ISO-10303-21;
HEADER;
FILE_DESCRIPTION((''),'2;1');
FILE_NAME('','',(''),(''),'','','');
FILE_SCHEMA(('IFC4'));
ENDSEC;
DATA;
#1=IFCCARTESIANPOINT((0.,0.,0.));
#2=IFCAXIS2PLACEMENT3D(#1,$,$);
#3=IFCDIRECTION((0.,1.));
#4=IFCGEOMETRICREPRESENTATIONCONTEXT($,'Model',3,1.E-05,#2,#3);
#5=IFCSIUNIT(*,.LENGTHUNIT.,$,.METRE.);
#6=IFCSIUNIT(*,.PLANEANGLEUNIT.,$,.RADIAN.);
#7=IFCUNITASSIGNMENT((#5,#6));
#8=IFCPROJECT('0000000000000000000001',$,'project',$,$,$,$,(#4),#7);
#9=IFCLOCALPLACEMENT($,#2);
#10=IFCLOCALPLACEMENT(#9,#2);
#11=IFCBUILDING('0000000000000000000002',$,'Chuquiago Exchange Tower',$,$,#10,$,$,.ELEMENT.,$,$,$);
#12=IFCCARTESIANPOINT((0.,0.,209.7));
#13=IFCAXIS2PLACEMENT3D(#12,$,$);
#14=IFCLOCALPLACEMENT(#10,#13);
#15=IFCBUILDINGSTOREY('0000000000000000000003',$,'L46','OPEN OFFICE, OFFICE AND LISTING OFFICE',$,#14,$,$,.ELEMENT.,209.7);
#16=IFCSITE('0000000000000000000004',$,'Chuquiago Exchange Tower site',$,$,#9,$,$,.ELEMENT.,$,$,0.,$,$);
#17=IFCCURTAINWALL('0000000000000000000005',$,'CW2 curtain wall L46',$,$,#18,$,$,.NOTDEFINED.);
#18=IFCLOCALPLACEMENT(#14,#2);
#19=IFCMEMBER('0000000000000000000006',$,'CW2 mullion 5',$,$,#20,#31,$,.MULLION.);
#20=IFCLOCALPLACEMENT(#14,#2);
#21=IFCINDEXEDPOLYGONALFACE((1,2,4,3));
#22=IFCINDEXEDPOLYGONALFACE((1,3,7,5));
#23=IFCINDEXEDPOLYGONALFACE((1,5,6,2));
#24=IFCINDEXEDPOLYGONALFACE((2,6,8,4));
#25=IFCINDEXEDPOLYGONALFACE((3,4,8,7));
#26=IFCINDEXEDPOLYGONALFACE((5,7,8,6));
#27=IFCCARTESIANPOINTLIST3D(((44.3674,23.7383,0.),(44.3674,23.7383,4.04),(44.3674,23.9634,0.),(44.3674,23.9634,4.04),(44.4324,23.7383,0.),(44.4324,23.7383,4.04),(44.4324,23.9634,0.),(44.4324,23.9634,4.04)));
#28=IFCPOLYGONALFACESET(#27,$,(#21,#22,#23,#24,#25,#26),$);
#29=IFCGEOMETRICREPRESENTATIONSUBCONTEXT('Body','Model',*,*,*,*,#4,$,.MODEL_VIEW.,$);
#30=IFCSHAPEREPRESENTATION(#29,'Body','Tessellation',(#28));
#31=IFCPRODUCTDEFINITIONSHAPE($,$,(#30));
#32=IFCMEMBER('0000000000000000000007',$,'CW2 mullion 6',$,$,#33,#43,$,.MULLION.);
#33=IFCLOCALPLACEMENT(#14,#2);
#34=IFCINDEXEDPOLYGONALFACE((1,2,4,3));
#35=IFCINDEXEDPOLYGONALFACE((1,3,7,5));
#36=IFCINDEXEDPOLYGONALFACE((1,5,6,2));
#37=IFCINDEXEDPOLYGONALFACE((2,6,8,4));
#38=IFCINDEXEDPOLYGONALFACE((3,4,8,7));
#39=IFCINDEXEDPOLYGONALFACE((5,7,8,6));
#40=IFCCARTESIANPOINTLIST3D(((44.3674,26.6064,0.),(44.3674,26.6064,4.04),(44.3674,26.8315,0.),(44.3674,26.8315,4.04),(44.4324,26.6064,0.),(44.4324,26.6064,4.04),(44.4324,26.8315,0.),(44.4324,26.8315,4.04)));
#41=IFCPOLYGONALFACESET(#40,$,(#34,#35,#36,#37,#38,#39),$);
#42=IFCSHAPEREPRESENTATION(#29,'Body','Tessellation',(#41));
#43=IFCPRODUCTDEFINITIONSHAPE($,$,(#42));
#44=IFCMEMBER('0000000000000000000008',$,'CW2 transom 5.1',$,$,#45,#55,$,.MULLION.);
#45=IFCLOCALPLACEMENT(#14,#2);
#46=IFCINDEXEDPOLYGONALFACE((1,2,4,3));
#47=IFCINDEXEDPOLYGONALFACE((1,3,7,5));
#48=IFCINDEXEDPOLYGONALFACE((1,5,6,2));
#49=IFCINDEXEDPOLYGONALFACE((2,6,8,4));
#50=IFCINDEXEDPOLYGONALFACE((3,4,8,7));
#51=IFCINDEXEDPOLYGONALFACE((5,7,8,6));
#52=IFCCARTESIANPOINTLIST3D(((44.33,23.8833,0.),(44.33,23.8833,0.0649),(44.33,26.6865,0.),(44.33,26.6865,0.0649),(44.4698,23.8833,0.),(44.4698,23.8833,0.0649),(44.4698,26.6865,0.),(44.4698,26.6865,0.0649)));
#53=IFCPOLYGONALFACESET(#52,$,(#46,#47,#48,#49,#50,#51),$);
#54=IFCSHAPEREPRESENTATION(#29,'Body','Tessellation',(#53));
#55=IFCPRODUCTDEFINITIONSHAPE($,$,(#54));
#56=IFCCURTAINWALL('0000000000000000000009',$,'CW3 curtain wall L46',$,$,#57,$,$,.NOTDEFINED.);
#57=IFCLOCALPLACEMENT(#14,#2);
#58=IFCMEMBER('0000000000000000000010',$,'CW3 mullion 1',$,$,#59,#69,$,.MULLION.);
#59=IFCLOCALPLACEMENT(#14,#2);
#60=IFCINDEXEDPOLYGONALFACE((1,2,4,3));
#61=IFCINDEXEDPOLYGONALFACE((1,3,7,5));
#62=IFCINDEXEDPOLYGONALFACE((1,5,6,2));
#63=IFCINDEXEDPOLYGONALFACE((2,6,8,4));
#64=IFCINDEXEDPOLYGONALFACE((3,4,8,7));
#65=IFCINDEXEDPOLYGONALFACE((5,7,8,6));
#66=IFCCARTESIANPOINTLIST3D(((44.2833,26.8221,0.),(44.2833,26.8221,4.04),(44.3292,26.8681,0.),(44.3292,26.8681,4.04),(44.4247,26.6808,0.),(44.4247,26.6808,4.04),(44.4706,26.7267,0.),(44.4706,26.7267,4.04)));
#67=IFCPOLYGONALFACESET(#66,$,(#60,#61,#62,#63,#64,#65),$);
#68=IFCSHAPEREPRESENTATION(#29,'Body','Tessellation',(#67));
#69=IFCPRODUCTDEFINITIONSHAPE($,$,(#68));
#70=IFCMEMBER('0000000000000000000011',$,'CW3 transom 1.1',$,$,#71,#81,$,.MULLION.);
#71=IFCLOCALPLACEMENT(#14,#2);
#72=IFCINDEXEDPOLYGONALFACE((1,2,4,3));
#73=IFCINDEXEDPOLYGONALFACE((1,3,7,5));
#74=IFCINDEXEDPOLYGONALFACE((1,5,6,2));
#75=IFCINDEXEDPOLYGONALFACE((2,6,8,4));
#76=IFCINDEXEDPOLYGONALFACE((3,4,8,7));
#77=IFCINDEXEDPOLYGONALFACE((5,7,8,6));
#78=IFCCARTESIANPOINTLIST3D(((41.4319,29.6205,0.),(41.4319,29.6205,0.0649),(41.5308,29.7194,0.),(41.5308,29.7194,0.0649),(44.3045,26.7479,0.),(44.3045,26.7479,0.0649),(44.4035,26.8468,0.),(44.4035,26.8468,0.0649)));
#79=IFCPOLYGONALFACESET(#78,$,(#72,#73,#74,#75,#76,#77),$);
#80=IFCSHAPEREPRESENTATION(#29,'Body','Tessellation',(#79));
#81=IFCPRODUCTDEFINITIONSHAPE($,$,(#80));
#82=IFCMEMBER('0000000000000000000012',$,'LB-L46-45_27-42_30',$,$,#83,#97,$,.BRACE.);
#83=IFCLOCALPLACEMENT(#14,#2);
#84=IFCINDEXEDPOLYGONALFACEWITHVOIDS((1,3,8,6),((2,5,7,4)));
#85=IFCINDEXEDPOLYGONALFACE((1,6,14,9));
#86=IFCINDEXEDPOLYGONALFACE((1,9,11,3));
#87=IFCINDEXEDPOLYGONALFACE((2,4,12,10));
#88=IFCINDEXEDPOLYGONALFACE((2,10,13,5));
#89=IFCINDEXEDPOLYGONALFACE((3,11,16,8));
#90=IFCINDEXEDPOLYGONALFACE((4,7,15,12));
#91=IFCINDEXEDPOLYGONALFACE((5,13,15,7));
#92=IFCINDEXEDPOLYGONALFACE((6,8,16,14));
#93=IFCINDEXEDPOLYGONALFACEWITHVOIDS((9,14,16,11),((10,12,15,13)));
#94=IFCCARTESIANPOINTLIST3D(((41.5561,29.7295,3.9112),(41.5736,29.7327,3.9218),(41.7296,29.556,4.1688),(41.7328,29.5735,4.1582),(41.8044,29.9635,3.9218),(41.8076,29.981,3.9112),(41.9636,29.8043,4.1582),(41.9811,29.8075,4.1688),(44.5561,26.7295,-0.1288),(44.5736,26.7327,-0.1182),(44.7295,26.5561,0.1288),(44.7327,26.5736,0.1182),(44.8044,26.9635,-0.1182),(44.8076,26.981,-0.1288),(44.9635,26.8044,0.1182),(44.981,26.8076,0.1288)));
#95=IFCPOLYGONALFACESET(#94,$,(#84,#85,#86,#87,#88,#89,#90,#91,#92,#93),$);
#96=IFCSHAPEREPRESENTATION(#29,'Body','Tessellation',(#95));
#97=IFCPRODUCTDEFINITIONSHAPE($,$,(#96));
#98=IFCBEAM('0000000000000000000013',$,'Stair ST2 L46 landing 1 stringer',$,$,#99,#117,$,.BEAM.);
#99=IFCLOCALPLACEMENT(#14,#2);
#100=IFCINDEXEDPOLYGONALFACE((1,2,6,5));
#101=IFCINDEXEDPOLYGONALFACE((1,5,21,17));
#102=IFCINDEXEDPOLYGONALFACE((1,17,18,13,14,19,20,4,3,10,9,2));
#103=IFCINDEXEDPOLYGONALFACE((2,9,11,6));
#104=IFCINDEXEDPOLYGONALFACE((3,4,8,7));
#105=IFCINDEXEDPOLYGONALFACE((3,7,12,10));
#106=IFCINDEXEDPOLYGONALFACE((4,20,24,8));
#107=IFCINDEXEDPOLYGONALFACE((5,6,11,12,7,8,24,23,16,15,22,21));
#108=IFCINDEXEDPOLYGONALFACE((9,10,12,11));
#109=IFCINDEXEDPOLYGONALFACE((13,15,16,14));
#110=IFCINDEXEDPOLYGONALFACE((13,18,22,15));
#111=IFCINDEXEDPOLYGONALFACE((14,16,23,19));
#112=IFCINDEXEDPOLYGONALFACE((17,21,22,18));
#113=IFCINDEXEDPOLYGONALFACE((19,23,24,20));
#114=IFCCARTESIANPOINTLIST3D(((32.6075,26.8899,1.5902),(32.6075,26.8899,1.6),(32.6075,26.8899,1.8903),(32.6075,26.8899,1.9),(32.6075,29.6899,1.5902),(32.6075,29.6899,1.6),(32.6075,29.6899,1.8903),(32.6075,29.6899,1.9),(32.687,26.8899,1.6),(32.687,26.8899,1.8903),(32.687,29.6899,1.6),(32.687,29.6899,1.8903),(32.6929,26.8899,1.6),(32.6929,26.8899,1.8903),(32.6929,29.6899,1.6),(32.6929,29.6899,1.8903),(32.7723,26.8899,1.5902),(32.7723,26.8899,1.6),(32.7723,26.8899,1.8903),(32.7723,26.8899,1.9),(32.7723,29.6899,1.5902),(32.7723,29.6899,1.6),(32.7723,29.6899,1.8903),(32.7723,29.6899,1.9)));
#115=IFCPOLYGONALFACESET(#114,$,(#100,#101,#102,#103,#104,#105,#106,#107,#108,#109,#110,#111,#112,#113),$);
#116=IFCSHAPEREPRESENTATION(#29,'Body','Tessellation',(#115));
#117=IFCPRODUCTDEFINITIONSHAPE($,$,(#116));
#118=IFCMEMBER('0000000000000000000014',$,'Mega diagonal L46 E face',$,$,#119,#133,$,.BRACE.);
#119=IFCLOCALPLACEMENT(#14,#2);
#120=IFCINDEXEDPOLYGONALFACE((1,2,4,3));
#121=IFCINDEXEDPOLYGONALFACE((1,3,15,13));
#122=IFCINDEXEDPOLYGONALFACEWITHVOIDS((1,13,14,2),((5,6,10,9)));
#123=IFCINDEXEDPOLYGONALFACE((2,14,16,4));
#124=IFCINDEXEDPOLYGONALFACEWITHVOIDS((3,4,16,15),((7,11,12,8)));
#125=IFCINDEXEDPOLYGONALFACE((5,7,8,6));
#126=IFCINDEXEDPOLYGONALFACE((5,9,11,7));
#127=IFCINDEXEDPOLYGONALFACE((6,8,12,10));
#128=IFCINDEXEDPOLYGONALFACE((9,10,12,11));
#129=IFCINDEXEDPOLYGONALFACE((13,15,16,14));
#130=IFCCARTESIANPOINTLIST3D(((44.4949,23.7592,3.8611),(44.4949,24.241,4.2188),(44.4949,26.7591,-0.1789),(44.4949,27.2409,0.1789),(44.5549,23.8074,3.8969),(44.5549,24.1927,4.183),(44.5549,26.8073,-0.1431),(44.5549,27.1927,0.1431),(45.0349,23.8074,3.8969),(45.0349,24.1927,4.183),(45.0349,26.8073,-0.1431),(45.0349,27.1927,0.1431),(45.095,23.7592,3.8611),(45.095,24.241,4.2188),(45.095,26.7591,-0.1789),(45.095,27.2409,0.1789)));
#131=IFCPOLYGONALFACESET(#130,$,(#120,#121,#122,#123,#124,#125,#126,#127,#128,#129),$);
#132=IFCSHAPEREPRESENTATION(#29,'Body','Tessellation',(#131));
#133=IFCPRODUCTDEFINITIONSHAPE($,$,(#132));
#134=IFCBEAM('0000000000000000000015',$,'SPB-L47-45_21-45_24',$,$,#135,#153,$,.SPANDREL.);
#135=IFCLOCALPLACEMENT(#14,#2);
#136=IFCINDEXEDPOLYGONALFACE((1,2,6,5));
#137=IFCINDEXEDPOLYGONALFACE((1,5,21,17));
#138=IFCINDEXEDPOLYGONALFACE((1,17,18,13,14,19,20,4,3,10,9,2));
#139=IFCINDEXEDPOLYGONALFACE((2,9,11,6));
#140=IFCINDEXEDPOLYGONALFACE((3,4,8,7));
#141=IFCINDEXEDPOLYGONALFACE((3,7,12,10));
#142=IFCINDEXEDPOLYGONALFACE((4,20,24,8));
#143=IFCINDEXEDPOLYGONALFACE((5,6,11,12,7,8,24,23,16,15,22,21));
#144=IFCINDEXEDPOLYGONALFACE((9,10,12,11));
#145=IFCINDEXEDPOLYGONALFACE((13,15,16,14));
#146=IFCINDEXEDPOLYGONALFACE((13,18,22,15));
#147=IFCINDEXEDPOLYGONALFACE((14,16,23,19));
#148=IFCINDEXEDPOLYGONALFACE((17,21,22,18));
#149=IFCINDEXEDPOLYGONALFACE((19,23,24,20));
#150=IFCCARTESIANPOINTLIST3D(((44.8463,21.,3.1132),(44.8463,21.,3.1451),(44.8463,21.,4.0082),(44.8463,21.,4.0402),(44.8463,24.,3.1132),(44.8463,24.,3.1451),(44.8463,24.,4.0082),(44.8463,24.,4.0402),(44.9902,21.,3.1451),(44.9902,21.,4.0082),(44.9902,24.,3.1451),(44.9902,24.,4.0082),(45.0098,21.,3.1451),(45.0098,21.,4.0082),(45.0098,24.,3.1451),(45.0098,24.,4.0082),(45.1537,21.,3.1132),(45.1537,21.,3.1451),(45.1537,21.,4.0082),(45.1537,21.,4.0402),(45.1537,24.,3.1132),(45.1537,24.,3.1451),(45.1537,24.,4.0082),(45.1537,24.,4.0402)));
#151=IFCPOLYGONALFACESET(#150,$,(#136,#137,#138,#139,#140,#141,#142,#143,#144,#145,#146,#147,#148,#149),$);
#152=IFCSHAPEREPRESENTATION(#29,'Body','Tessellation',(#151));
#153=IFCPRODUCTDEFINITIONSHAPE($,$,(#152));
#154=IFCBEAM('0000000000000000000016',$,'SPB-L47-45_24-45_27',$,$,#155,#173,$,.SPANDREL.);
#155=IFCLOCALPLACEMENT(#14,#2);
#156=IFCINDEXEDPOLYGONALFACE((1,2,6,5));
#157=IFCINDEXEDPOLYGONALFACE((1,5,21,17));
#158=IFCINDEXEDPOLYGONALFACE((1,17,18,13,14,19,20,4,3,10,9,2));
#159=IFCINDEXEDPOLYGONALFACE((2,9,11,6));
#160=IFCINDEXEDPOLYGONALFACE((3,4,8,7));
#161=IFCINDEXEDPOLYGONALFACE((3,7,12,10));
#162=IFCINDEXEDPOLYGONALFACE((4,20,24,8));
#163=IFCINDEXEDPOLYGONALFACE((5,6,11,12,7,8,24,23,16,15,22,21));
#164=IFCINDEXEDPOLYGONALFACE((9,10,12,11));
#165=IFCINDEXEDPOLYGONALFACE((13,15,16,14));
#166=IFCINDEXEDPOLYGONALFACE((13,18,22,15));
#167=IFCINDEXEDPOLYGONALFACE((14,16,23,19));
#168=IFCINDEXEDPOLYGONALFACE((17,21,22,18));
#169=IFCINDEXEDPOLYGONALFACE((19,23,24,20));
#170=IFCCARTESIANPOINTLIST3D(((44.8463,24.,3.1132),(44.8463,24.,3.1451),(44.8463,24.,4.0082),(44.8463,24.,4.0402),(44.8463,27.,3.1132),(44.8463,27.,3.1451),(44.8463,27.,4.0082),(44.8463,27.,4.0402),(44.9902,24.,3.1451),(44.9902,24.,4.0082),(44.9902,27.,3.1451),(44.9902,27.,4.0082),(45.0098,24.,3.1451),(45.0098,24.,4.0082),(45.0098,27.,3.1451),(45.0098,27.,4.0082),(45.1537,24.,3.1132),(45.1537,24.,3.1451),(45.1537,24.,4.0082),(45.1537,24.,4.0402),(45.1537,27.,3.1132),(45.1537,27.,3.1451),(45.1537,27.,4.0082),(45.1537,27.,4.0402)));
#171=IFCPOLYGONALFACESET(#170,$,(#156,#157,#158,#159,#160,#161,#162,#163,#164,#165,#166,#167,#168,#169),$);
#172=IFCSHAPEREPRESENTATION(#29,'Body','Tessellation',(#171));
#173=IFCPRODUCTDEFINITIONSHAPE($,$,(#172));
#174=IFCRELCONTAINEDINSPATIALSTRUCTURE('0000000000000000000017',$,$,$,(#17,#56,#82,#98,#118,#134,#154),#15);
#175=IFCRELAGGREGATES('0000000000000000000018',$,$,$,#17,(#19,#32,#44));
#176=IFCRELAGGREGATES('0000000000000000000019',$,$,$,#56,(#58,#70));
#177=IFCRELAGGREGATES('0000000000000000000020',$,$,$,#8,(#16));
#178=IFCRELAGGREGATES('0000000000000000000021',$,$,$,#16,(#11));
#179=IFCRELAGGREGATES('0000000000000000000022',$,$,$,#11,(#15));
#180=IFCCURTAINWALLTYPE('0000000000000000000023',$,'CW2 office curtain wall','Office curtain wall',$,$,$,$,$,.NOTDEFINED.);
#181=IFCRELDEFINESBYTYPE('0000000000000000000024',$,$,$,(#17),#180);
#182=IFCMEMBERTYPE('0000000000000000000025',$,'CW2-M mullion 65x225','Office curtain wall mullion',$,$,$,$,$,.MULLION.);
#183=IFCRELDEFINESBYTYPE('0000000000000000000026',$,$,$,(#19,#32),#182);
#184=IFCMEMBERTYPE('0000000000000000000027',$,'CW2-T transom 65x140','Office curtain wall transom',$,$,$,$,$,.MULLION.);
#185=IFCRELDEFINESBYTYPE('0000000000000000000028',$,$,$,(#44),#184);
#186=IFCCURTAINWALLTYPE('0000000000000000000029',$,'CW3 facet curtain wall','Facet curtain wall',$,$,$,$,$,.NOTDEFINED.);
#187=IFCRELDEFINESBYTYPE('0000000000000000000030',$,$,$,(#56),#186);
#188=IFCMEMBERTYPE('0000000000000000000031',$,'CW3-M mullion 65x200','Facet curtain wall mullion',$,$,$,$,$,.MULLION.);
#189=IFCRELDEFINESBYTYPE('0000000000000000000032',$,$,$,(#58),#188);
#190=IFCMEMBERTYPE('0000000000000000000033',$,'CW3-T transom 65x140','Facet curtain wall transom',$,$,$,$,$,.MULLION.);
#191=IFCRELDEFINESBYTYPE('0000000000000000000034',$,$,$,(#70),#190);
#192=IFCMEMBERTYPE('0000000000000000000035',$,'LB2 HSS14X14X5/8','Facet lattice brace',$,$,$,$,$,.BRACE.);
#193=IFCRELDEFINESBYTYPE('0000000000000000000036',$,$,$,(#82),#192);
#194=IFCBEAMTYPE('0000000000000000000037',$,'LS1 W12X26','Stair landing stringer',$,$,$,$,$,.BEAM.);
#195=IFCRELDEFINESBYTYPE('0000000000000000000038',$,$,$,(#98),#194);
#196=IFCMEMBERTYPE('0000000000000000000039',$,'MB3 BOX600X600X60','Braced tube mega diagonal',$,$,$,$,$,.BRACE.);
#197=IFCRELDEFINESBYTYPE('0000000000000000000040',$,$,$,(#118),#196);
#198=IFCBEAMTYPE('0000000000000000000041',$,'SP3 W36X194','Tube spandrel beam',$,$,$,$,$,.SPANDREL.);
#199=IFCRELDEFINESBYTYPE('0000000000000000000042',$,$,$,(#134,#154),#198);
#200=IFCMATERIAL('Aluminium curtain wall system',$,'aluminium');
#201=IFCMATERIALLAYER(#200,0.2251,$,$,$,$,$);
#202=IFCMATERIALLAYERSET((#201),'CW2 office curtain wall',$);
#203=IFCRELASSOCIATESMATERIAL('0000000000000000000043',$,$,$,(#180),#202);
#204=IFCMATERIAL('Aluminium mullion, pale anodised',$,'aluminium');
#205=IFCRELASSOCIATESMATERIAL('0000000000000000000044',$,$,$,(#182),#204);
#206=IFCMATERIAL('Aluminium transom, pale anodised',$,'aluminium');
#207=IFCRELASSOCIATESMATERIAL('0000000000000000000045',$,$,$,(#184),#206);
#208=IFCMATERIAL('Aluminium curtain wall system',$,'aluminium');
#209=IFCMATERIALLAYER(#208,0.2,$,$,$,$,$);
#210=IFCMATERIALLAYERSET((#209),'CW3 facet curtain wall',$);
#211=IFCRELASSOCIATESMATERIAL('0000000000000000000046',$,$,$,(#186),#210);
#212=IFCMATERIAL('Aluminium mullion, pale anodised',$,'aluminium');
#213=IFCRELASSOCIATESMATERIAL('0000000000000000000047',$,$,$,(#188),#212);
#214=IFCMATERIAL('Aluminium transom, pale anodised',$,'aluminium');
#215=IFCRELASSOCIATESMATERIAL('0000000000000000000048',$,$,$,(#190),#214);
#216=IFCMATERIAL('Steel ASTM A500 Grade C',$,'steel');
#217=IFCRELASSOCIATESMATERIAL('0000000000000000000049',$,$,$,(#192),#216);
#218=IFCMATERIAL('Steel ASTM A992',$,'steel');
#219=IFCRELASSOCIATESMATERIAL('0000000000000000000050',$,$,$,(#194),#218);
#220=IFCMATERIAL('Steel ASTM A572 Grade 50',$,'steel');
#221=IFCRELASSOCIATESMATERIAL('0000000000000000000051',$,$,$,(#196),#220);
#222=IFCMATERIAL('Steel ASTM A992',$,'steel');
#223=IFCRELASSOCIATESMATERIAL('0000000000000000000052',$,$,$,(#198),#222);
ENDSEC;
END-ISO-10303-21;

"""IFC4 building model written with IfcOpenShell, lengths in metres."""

from ifc_helpers import new_model, si_unit, direction, frame, origin, origin_2d, place, context, subcontext, project, spatial, rectangle, hollow_rectangle, i_section, extrude, material, layer, layer_set, material_profile, profile_set, type_object, element, aggregate, save


model = new_model("IFC4")

# Units and contexts
model_context = context("Model", 3, precision=1e-05, world=origin(), true_north=direction((0.0, 1.0)))
body_context = subcontext(model_context, "Body", "Model", "MODEL_VIEW")
ifc_project = project(units=[si_unit("LENGTHUNIT", "METRE"), si_unit("PLANEANGLEUNIT", "RADIAN")], contexts=[model_context])

# Site, building, storey
site_placement = place(None, origin())
site = spatial("IfcSite", under=ifc_project, at=site_placement, Name="Chuquiago Exchange Tower site", CompositionType="ELEMENT", RefElevation=0.0)
building_placement = place(site_placement, origin())
building = spatial("IfcBuilding", under=site, at=building_placement, Name="Chuquiago Exchange Tower", CompositionType="ELEMENT")
storey_placement = place(building_placement, frame((0.0, 0.0, 209.7)))
storey = spatial("IfcBuildingStorey", under=building, at=storey_placement, Name="L46", Description="OPEN OFFICE, OFFICE AND LISTING OFFICE", CompositionType="ELEMENT", Elevation=209.7)

# Curtain walls, members
ifc_material_1 = material(Name="Aluminium curtain wall system", Category="aluminium")
ifc_layer_1 = layer(ifc_material_1, 0.2251)
ifc_layer_set_1 = layer_set([ifc_layer_1], Name="CW2 office curtain wall")
curtain_wall_type_1 = type_object("IfcCurtainWallType", Name="CW2 office curtain wall", Description="Office curtain wall", PredefinedType="NOTDEFINED", material=ifc_layer_set_1)
curtain_wall_1_placement = place(storey_placement, origin())
curtain_wall_1 = element("IfcCurtainWall", 1, at=curtain_wall_1_placement, inside=storey, type_object=curtain_wall_type_1, Name="CW2 curtain wall L46", PredefinedType="NOTDEFINED")
ifc_material_2 = material(Name="Aluminium mullion, pale anodised", Category="aluminium")
ifc_material_profile_1 = material_profile(ifc_material_2, rectangle(XDim=0.0649, YDim=0.2251, at=origin_2d()), Name="AL 65x225")
ifc_profile_set_1 = profile_set([ifc_material_profile_1], Name="Aluminium mullion, pale anodised")
member_type_1 = type_object("IfcMemberType", Name="CW2-M mullion 65x225", Description="Office curtain wall mullion", PredefinedType="MULLION", material=ifc_profile_set_1)
member_1_placement = place(storey_placement, frame((44.3999, 23.8508, 0.0), z_axis=(0.0, 0.0, 1.0), x_axis=(-1.0, 0.0, 0.0)))
member_1 = element("IfcMember", 2, at=member_1_placement, type_object=member_type_1, Name="CW2 mullion 5", PredefinedType="MULLION", context=body_context, shape_type="SweptSolid", body=[
    extrude(rectangle(XDim=0.0649, YDim=0.2251, at=origin_2d()), origin(), (0.0, 0.0, 1.0), 4.04),
])
member_2_placement = place(storey_placement, frame((44.3999, 26.719, 0.0), z_axis=(0.0, 0.0, 1.0), x_axis=(-1.0, 0.0, 0.0)))
member_2 = element("IfcMember", 3, at=member_2_placement, type_object=member_type_1, Name="CW2 mullion 6", PredefinedType="MULLION", context=body_context, shape_type="SweptSolid", body=[
    extrude(rectangle(XDim=0.0649, YDim=0.2251, at=origin_2d()), origin(), (0.0, 0.0, 1.0), 4.04),
])
ifc_material_3 = material(Name="Aluminium transom, pale anodised", Category="aluminium")
ifc_material_profile_2 = material_profile(ifc_material_3, rectangle(XDim=0.1399, YDim=0.0649, at=origin_2d()), Name="AL 140x65")
ifc_profile_set_2 = profile_set([ifc_material_profile_2], Name="Aluminium transom, pale anodised")
member_type_2 = type_object("IfcMemberType", Name="CW2-T transom 65x140", Description="Office curtain wall transom", PredefinedType="MULLION", material=ifc_profile_set_2)
member_3_placement = place(storey_placement, frame((44.3999, 23.8833, 0.0325), z_axis=(0.0, 1.0, 0.0), x_axis=(-1.0, 0.0, 0.0)))
member_3 = element("IfcMember", 4, at=member_3_placement, type_object=member_type_2, Name="CW2 transom 5.1", PredefinedType="MULLION", context=body_context, shape_type="SweptSolid", body=[
    extrude(rectangle(XDim=0.1399, YDim=0.0649, at=origin_2d()), origin(), (0.0, 0.0, 1.0), 2.8032),
])
ifc_material_4 = material(Name="Aluminium curtain wall system", Category="aluminium")
ifc_layer_2 = layer(ifc_material_4, 0.2)
ifc_layer_set_2 = layer_set([ifc_layer_2], Name="CW3 facet curtain wall")
curtain_wall_type_2 = type_object("IfcCurtainWallType", Name="CW3 facet curtain wall", Description="Facet curtain wall", PredefinedType="NOTDEFINED", material=ifc_layer_set_2)
curtain_wall_2_placement = place(storey_placement, origin())
curtain_wall_2 = element("IfcCurtainWall", 5, at=curtain_wall_2_placement, inside=storey, type_object=curtain_wall_type_2, Name="CW3 curtain wall L46", PredefinedType="NOTDEFINED")
ifc_material_5 = material(Name="Aluminium mullion, pale anodised", Category="aluminium")
ifc_material_profile_3 = material_profile(ifc_material_5, rectangle(XDim=0.0649, YDim=0.2, at=origin_2d()), Name="AL 65x200")
ifc_profile_set_3 = profile_set([ifc_material_profile_3], Name="Aluminium mullion, pale anodised")
member_type_3 = type_object("IfcMemberType", Name="CW3-M mullion 65x200", Description="Facet curtain wall mullion", PredefinedType="MULLION", material=ifc_profile_set_3)
member_4_placement = place(storey_placement, frame((44.377, 26.7744, 0.0), z_axis=(0.0, 0.0, 1.0), x_axis=(-0.707107, -0.707107, 0.0)))
member_4 = element("IfcMember", 6, at=member_4_placement, type_object=member_type_3, Name="CW3 mullion 1", PredefinedType="MULLION", context=body_context, shape_type="SweptSolid", body=[
    extrude(rectangle(XDim=0.0649, YDim=0.2, at=origin_2d()), origin(), (0.0, 0.0, 1.0), 4.04),
])
ifc_material_6 = material(Name="Aluminium transom, pale anodised", Category="aluminium")
ifc_material_profile_4 = material_profile(ifc_material_6, rectangle(XDim=0.1399, YDim=0.0649, at=origin_2d()), Name="AL 140x65")
ifc_profile_set_4 = profile_set([ifc_material_profile_4], Name="Aluminium transom, pale anodised")
member_type_4 = type_object("IfcMemberType", Name="CW3-T transom 65x140", Description="Facet curtain wall transom", PredefinedType="MULLION", material=ifc_profile_set_4)
member_5_placement = place(storey_placement, frame((44.354, 26.7974, 0.0325), z_axis=(-0.707107, 0.707107, 0.0), x_axis=(-0.707107, -0.707107, 0.0)))
member_5 = element("IfcMember", 7, at=member_5_placement, type_object=member_type_4, Name="CW3 transom 1.1", PredefinedType="MULLION", context=body_context, shape_type="SweptSolid", body=[
    extrude(rectangle(XDim=0.1399, YDim=0.0649, at=origin_2d()), origin(), (0.0, 0.0, 1.0), 4.0625),
])

# Member
ifc_material_7 = material(Name="Steel ASTM A500 Grade C", Category="steel")
ifc_material_profile_5 = material_profile(ifc_material_7, hollow_rectangle(XDim=0.3557, YDim=0.3557, WallThickness=0.0146, at=origin_2d()), Name="HSS14X14X5/8")
ifc_profile_set_5 = profile_set([ifc_material_profile_5], Name="Steel ASTM A500 Grade C")
member_type_5 = type_object("IfcMemberType", Name="LB2 HSS14X14X5/8", Description="Facet lattice brace", PredefinedType="BRACE", material=ifc_profile_set_5)
member_6_placement = place(storey_placement, frame((44.7686, 26.7686, 0.0), z_axis=(-0.512077, 0.512077, 0.689604), x_axis=(-0.707107, -0.707107, 0.0)))
element("IfcMember", 8, at=member_6_placement, inside=storey, type_object=member_type_5, Name="LB-L46-45_27-42_30", PredefinedType="BRACE", context=body_context, shape_type="SweptSolid", body=[
    extrude(hollow_rectangle(XDim=0.3557, YDim=0.3557, WallThickness=0.0146, at=origin_2d()), origin(), (0.0, 0.0, 1.0), 5.8584),
])

# Beam
ifc_material_8 = material(Name="Steel ASTM A992", Category="steel")
ifc_material_profile_6 = material_profile(ifc_material_8, i_section(OverallWidth=0.1648, OverallDepth=0.3098, WebThickness=0.0059, FlangeThickness=0.0098, at=origin_2d()), Name="W12X26")
ifc_profile_set_6 = profile_set([ifc_material_profile_6], Name="Steel ASTM A992")
beam_type_1 = type_object("IfcBeamType", Name="LS1 W12X26", Description="Stair landing stringer", PredefinedType="BEAM", material=ifc_profile_set_6)
beam_1_placement = place(storey_placement, frame((32.6899, 26.8899, 1.7451), z_axis=(0.0, 1.0, 0.0), x_axis=(-1.0, 0.0, 0.0)))
element("IfcBeam", 9, at=beam_1_placement, inside=storey, type_object=beam_type_1, Name="Stair ST2 L46 landing 1 stringer", PredefinedType="BEAM", context=body_context, shape_type="SweptSolid", body=[
    extrude(i_section(OverallWidth=0.1648, OverallDepth=0.3098, WebThickness=0.0059, FlangeThickness=0.0098, at=origin_2d()), origin(), (0.0, 0.0, 1.0), 2.8),
])

# Member
ifc_material_9 = material(Name="Steel ASTM A572 Grade 50", Category="steel")
ifc_material_profile_7 = material_profile(ifc_material_9, hollow_rectangle(XDim=0.6001, YDim=0.6001, WallThickness=0.0601, at=origin_2d()), Name="BOX600X600X60")
ifc_profile_set_7 = profile_set([ifc_material_profile_7], Name="Steel ASTM A572 Grade 50")
member_type_6 = type_object("IfcMemberType", Name="MB3 BOX600X600X60", Description="Braced tube mega diagonal", PredefinedType="BRACE", material=ifc_profile_set_7)
member_7_placement = place(storey_placement, frame((44.7949, 27.0, 0.0), z_axis=(0.0, -0.596174, 0.802855), x_axis=(1.0, 0.0, 0.0)))
element("IfcMember", 10, at=member_7_placement, inside=storey, type_object=member_type_6, Name="Mega diagonal L46 E face", PredefinedType="BRACE", context=body_context, shape_type="SweptSolid", body=[
    extrude(hollow_rectangle(XDim=0.6001, YDim=0.6001, WallThickness=0.0601, at=origin_2d()), origin(), (0.0, 0.0, 1.0), 5.032),
])

# Beams
ifc_material_10 = material(Name="Steel ASTM A992", Category="steel")
ifc_material_profile_8 = material_profile(ifc_material_10, i_section(OverallWidth=0.3074, OverallDepth=0.927, WebThickness=0.0195, FlangeThickness=0.032, at=origin_2d()), Name="W36X194")
ifc_profile_set_8 = profile_set([ifc_material_profile_8], Name="Steel ASTM A992")
beam_type_2 = type_object("IfcBeamType", Name="SP3 W36X194", Description="Tube spandrel beam", PredefinedType="SPANDREL", material=ifc_profile_set_8)
for number, where, z_axis, x_axis, name in (
    (11, (45.0, 21.0, 3.5767), (0.0, 1.0, 0.0), (-1.0, 0.0, 0.0), "SPB-L47-45_21-45_24"),
    (12, (45.0, 24.0, 3.5767), (0.0, 1.0, 0.0), (-1.0, 0.0, 0.0), "SPB-L47-45_24-45_27"),
):
    element("IfcBeam", number, at=place(storey_placement, frame(where, z_axis=z_axis, x_axis=x_axis)), inside=storey, type_object=beam_type_2, Name=name, PredefinedType="SPANDREL", context=body_context, shape_type="SweptSolid", body=[
        extrude(i_section(OverallWidth=0.3074, OverallDepth=0.927, WebThickness=0.0195, FlangeThickness=0.032, at=origin_2d()), origin(), (0.0, 0.0, 1.0), 3.0),
    ])

aggregate(curtain_wall_1, [member_1, member_2, member_3])
aggregate(curtain_wall_2, [member_4, member_5])

save(model, "model.ifc")
